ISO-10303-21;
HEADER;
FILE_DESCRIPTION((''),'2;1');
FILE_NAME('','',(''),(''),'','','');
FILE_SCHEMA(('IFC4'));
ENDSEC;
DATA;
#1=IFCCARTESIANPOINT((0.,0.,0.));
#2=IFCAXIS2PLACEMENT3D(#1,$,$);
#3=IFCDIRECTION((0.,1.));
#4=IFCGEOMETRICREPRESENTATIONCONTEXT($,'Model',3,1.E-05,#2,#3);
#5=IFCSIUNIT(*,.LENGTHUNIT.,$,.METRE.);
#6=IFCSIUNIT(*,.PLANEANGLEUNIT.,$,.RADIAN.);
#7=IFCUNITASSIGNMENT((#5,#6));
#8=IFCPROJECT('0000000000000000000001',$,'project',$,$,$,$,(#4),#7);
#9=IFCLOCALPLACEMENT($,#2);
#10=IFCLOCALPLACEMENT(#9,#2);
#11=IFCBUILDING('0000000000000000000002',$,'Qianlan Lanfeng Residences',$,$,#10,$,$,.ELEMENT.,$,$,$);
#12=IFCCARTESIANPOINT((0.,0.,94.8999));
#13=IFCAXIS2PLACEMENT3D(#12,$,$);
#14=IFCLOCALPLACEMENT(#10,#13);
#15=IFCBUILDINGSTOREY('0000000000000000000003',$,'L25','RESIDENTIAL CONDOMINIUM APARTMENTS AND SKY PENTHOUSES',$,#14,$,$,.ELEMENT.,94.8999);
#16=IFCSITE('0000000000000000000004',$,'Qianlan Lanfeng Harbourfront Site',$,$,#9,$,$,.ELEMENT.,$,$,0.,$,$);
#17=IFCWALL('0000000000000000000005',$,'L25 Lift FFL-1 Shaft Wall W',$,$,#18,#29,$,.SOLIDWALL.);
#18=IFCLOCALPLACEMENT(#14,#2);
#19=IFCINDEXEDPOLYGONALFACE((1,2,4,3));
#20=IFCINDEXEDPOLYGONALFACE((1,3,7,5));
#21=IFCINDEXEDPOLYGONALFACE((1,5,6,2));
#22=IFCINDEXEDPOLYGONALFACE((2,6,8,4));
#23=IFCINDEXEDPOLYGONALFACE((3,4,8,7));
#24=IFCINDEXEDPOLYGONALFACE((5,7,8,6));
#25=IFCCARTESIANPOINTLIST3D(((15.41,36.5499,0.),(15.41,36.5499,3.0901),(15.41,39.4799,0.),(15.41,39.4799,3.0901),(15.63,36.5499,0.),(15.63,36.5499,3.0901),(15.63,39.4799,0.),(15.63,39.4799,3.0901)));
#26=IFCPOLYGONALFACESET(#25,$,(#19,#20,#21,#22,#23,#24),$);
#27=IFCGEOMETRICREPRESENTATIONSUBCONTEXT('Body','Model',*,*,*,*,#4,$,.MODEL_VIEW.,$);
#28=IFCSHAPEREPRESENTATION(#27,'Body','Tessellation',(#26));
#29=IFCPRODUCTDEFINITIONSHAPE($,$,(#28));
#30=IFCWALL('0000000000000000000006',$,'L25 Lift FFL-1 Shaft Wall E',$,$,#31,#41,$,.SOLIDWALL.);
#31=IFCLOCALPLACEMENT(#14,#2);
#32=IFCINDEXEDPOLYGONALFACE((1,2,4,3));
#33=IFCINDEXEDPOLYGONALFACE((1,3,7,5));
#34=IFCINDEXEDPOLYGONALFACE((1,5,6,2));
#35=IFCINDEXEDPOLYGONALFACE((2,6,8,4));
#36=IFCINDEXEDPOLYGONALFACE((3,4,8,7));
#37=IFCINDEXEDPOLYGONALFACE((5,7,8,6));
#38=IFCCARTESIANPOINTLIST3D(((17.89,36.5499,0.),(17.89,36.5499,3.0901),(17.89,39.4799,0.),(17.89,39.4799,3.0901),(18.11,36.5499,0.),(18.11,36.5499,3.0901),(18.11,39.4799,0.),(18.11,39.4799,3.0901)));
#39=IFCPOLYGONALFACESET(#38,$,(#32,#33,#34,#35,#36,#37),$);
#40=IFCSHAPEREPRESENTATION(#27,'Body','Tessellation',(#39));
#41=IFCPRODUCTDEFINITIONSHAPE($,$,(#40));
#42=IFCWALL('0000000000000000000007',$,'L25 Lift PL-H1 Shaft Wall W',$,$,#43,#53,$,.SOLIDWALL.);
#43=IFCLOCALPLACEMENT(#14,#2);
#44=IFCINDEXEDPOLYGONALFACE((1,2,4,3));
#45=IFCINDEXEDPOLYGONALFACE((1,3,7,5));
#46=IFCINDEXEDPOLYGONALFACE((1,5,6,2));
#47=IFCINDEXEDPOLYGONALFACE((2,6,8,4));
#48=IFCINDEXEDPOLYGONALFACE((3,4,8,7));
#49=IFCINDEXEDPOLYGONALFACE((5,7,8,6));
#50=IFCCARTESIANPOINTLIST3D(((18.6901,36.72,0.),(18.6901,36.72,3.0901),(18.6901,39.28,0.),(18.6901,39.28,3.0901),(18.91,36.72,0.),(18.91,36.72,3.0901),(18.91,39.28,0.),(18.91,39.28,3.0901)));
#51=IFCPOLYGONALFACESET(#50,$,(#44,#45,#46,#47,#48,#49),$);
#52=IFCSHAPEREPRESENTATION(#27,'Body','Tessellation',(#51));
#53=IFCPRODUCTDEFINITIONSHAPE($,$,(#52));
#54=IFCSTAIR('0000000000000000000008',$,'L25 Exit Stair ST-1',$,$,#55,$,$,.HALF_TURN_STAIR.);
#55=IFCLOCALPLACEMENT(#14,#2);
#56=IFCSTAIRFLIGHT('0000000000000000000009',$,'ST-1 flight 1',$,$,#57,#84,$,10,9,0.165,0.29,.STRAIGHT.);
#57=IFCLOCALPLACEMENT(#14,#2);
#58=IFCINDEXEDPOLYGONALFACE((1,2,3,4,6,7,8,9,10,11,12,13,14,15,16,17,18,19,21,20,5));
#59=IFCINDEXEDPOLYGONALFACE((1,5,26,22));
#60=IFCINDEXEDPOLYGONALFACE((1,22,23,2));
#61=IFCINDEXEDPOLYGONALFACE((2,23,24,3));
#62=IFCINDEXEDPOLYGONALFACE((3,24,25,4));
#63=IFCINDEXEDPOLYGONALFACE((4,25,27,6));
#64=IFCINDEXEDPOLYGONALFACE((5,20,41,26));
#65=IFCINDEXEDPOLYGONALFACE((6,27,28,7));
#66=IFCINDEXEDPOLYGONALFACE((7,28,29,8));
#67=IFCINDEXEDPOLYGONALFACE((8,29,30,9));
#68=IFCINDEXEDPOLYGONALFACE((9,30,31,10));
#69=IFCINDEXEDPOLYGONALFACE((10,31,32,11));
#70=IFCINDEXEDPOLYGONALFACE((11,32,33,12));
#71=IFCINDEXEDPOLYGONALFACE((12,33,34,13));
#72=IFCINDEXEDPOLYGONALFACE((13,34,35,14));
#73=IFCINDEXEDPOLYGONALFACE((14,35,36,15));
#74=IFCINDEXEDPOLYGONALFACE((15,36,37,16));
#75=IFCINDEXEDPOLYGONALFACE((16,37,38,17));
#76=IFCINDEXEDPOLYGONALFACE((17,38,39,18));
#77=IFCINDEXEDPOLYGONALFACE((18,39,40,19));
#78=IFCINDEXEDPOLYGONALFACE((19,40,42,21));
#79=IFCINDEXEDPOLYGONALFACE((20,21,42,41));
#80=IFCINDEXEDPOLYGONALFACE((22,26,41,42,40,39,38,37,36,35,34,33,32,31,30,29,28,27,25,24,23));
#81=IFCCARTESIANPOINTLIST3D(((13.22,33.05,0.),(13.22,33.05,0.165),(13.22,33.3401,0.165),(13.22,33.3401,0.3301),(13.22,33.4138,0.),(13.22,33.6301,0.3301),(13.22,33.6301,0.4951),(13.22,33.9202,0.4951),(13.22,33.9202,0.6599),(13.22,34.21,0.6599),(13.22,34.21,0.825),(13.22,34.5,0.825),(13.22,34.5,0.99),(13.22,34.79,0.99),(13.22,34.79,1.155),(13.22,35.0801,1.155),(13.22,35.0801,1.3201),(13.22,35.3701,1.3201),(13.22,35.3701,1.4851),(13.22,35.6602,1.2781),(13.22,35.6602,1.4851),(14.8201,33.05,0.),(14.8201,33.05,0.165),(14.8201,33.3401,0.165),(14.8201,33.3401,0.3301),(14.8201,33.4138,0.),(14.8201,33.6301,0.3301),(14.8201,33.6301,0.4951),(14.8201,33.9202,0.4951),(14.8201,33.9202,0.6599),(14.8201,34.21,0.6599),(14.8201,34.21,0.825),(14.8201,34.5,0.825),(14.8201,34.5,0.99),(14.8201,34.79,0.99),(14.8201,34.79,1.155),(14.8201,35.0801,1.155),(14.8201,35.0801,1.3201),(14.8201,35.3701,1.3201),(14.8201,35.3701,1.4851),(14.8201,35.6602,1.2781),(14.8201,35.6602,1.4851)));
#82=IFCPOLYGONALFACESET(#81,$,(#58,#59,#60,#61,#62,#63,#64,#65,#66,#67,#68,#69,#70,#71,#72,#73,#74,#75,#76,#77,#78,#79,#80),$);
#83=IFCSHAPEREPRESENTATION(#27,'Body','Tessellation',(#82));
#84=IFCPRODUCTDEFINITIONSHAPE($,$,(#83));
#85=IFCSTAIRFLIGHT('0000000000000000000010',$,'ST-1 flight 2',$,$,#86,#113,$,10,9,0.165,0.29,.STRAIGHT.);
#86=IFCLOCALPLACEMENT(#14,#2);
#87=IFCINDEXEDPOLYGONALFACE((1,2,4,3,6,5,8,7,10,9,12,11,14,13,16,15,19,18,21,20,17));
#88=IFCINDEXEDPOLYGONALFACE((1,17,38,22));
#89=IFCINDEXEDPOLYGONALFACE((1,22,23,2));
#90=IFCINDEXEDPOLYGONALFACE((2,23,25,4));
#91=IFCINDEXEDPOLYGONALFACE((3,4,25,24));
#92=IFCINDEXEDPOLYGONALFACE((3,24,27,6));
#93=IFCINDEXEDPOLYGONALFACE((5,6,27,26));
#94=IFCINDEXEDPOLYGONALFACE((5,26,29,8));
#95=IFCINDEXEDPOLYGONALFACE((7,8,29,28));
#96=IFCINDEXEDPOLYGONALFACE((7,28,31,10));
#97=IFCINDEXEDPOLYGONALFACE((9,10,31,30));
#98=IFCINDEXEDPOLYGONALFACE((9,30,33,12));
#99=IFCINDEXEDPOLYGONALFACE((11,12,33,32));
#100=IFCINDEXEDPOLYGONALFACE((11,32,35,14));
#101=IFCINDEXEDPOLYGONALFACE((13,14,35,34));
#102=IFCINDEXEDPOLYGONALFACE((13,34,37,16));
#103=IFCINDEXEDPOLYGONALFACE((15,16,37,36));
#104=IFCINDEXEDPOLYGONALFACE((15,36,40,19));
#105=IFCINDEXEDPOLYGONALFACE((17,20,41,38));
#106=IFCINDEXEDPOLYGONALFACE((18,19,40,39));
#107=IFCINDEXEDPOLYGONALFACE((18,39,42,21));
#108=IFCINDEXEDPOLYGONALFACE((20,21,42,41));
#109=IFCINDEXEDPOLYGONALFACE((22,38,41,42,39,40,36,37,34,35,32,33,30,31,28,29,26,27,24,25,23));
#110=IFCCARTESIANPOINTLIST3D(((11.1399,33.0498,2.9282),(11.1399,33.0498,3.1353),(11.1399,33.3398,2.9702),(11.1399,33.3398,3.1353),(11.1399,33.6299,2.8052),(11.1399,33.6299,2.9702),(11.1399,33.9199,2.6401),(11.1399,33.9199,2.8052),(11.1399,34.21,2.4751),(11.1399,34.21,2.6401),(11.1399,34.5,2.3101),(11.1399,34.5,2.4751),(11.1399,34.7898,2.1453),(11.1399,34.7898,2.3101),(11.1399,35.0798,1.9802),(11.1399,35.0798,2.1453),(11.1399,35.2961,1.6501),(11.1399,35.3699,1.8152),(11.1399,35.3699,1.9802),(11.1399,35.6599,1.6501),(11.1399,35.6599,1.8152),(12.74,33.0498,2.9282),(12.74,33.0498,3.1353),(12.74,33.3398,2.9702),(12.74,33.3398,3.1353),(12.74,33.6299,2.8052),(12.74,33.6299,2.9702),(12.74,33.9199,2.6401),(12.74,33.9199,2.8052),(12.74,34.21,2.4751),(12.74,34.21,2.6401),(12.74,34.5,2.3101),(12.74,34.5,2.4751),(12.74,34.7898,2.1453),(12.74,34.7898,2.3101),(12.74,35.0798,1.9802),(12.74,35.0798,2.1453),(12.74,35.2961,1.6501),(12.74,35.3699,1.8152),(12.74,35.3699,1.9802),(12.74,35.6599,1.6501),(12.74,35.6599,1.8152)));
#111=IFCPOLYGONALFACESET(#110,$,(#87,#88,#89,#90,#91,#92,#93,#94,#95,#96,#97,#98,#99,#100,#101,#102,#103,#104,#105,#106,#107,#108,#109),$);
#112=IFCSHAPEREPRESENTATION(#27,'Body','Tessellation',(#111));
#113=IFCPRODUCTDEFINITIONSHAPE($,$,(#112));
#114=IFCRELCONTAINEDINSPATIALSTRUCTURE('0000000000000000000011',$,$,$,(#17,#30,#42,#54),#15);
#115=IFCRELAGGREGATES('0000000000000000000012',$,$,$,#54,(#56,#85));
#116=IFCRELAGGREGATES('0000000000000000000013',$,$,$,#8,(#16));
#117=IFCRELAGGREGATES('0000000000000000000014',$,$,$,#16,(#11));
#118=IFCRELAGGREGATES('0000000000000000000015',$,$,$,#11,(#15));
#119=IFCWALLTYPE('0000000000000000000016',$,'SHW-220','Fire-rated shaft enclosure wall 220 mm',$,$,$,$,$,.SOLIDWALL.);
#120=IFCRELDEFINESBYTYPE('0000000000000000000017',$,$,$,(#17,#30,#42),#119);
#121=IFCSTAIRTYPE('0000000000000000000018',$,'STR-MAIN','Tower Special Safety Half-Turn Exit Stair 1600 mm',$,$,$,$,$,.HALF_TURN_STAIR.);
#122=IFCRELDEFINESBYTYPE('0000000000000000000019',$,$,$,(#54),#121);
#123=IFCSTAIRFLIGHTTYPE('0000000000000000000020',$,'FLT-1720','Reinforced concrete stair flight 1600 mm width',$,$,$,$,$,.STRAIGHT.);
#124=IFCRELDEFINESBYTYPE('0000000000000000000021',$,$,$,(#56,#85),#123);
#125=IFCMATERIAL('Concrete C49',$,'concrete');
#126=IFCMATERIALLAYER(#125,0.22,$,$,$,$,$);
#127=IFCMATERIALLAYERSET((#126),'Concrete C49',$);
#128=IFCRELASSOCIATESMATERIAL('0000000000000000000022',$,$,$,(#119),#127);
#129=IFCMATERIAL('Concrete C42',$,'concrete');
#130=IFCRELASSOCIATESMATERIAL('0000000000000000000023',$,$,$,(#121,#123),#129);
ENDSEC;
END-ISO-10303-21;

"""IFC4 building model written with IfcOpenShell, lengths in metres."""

from ifc_helpers import new_model, si_unit, direction, frame, frame_2d, origin, place, context, subcontext, project, spatial, polyline, rectangle, outline, extrude, material, layer, layer_set, type_object, element, aggregate, save


model = new_model("IFC4")

# Units and contexts
model_context = context("Model", 3, precision=1e-05, world=origin(), true_north=direction((0.0, 1.0)))
body_context = subcontext(model_context, "Body", "Model", "MODEL_VIEW")
ifc_project = project(units=[si_unit("LENGTHUNIT", "METRE"), si_unit("PLANEANGLEUNIT", "RADIAN")], contexts=[model_context])

# Site, building, storey
site_placement = place(None, origin())
site = spatial("IfcSite", under=ifc_project, at=site_placement, Name="Qianlan Lanfeng Harbourfront Site", CompositionType="ELEMENT", RefElevation=0.0)
building_placement = place(site_placement, origin())
building = spatial("IfcBuilding", under=site, at=building_placement, Name="Qianlan Lanfeng Residences", CompositionType="ELEMENT")
storey_placement = place(building_placement, frame((0.0, 0.0, 94.8999)))
storey = spatial("IfcBuildingStorey", under=building, at=storey_placement, Name="L25", Description="RESIDENTIAL CONDOMINIUM APARTMENTS AND SKY PENTHOUSES", CompositionType="ELEMENT", Elevation=94.8999)

# Walls
ifc_material_1 = material(Name="Concrete C49", Category="concrete")
ifc_layer_1 = layer(ifc_material_1, 0.22)
ifc_layer_set_1 = layer_set([ifc_layer_1], Name="Concrete C49")
wall_type_1 = type_object("IfcWallType", Name="SHW-220", Description="Fire-rated shaft enclosure wall 220 mm", PredefinedType="SOLIDWALL", material=ifc_layer_set_1)
for number, where, z_axis, x_axis, name in (
    (1, (15.52, 36.55, 0.0), (0.0, 0.0, 1.0), (0.0, 1.0, 0.0), "L25 Lift FFL-1 Shaft Wall W"),
    (2, (18.0, 36.55, 0.0), (0.0, 0.0, 1.0), (0.0, 1.0, 0.0), "L25 Lift FFL-1 Shaft Wall E"),
):
    element("IfcWall", number, at=place(storey_placement, frame(where, z_axis=z_axis, x_axis=x_axis)), inside=storey, type_object=wall_type_1, Name=name, PredefinedType="SOLIDWALL", context=body_context, shape_type="SweptSolid", body=[
        extrude(rectangle(XDim=2.9299, YDim=0.22, at=frame_2d((1.4648, 0.0))), origin(), (0.0, 0.0, 1.0), 3.0901),
    ])
wall_1_placement = place(storey_placement, frame((18.8, 36.72, 0.0), z_axis=(0.0, 0.0, 1.0), x_axis=(0.0, 1.0, 0.0)))
element("IfcWall", 3, at=wall_1_placement, inside=storey, type_object=wall_type_1, Name="L25 Lift PL-H1 Shaft Wall W", PredefinedType="SOLIDWALL", context=body_context, shape_type="SweptSolid", body=[
    extrude(rectangle(XDim=2.5601, YDim=0.22, at=frame_2d((1.28, 0.0))), origin(), (0.0, 0.0, 1.0), 3.0901),
])

# Stair, stair flights
ifc_material_2 = material(Name="Concrete C42", Category="concrete")
stair_type = type_object("IfcStairType", Name="STR-MAIN", Description="Tower Special Safety Half-Turn Exit Stair 1600 mm", PredefinedType="HALF_TURN_STAIR", material=ifc_material_2)
stair_placement = place(storey_placement, origin())
stair = element("IfcStair", 4, at=stair_placement, inside=storey, type_object=stair_type, Name="L25 Exit Stair ST-1", PredefinedType="HALF_TURN_STAIR")
stair_flight_type = type_object("IfcStairFlightType", Name="FLT-1720", Description="Reinforced concrete stair flight 1600 mm width", PredefinedType="STRAIGHT", material=ifc_material_2)
stair_flight_1_placement = place(storey_placement, frame((14.02, 33.05, 0.0), z_axis=(0.0, 0.0, 1.0), x_axis=(0.0, 1.0, 0.0)))
stair_flight_1 = element("IfcStairFlight", 5, at=stair_flight_1_placement, type_object=stair_flight_type, Name="ST-1 flight 1", NumberOfRisers=10, NumberOfTreads=9, PredefinedType="STRAIGHT", RiserHeight=0.165, TreadLength=0.29, context=body_context, shape_type="SweptSolid", body=[
    extrude(outline(polyline([(0.0, 0.0), (0.0, 0.165), (0.29, 0.165), (0.29, 0.3301), (0.5801, 0.3301), (0.5801, 0.4951), (0.8701, 0.4951), (0.8701, 0.6599), (1.1599, 0.6599), (1.1599, 0.825), (1.45, 0.825), (1.45, 0.99), (1.74, 0.99), (1.74, 1.155), (2.03, 1.155), (2.03, 1.3201), (2.3201, 1.3201), (2.3201, 1.4851), (2.6101, 1.4851), (2.6101, 1.6499), (2.6101, 1.2781), (0.3638, 0.0), (0.0, 0.0)])), frame((0.0, 0.8, 0.0), z_axis=(0.0, -1.0, 0.0), x_axis=(1.0, 0.0, 0.0)), (0.0, 0.0, 1.0), 1.6001),
])
stair_flight_2_placement = place(storey_placement, frame((11.9399, 35.6599, 1.6501), z_axis=(0.0, 0.0, 1.0), x_axis=(0.0, -1.0, 0.0)))
stair_flight_2 = element("IfcStairFlight", 6, at=stair_flight_2_placement, type_object=stair_flight_type, Name="ST-1 flight 2", NumberOfRisers=10, NumberOfTreads=9, PredefinedType="STRAIGHT", RiserHeight=0.165, TreadLength=0.29, context=body_context, shape_type="SweptSolid", body=[
    extrude(outline(polyline([(0.0, 0.0), (0.0, 0.165), (0.29, 0.165), (0.29, 0.3301), (0.5801, 0.3301), (0.5801, 0.4951), (0.8701, 0.4951), (0.8701, 0.6599), (1.1599, 0.6599), (1.1599, 0.825), (1.45, 0.825), (1.45, 0.99), (1.74, 0.99), (1.74, 1.155), (2.03, 1.155), (2.03, 1.3201), (2.3201, 1.3201), (2.3201, 1.4851), (2.6101, 1.4851), (2.6101, 1.6499), (2.6101, 1.2781), (0.3638, 0.0), (0.0, 0.0)])), frame((0.0, 0.8, 0.0), z_axis=(0.0, -1.0, 0.0), x_axis=(1.0, 0.0, 0.0)), (0.0, 0.0, 1.0), 1.6001),
])
aggregate(stair, [stair_flight_1, stair_flight_2])

save(model, "model.ifc")
